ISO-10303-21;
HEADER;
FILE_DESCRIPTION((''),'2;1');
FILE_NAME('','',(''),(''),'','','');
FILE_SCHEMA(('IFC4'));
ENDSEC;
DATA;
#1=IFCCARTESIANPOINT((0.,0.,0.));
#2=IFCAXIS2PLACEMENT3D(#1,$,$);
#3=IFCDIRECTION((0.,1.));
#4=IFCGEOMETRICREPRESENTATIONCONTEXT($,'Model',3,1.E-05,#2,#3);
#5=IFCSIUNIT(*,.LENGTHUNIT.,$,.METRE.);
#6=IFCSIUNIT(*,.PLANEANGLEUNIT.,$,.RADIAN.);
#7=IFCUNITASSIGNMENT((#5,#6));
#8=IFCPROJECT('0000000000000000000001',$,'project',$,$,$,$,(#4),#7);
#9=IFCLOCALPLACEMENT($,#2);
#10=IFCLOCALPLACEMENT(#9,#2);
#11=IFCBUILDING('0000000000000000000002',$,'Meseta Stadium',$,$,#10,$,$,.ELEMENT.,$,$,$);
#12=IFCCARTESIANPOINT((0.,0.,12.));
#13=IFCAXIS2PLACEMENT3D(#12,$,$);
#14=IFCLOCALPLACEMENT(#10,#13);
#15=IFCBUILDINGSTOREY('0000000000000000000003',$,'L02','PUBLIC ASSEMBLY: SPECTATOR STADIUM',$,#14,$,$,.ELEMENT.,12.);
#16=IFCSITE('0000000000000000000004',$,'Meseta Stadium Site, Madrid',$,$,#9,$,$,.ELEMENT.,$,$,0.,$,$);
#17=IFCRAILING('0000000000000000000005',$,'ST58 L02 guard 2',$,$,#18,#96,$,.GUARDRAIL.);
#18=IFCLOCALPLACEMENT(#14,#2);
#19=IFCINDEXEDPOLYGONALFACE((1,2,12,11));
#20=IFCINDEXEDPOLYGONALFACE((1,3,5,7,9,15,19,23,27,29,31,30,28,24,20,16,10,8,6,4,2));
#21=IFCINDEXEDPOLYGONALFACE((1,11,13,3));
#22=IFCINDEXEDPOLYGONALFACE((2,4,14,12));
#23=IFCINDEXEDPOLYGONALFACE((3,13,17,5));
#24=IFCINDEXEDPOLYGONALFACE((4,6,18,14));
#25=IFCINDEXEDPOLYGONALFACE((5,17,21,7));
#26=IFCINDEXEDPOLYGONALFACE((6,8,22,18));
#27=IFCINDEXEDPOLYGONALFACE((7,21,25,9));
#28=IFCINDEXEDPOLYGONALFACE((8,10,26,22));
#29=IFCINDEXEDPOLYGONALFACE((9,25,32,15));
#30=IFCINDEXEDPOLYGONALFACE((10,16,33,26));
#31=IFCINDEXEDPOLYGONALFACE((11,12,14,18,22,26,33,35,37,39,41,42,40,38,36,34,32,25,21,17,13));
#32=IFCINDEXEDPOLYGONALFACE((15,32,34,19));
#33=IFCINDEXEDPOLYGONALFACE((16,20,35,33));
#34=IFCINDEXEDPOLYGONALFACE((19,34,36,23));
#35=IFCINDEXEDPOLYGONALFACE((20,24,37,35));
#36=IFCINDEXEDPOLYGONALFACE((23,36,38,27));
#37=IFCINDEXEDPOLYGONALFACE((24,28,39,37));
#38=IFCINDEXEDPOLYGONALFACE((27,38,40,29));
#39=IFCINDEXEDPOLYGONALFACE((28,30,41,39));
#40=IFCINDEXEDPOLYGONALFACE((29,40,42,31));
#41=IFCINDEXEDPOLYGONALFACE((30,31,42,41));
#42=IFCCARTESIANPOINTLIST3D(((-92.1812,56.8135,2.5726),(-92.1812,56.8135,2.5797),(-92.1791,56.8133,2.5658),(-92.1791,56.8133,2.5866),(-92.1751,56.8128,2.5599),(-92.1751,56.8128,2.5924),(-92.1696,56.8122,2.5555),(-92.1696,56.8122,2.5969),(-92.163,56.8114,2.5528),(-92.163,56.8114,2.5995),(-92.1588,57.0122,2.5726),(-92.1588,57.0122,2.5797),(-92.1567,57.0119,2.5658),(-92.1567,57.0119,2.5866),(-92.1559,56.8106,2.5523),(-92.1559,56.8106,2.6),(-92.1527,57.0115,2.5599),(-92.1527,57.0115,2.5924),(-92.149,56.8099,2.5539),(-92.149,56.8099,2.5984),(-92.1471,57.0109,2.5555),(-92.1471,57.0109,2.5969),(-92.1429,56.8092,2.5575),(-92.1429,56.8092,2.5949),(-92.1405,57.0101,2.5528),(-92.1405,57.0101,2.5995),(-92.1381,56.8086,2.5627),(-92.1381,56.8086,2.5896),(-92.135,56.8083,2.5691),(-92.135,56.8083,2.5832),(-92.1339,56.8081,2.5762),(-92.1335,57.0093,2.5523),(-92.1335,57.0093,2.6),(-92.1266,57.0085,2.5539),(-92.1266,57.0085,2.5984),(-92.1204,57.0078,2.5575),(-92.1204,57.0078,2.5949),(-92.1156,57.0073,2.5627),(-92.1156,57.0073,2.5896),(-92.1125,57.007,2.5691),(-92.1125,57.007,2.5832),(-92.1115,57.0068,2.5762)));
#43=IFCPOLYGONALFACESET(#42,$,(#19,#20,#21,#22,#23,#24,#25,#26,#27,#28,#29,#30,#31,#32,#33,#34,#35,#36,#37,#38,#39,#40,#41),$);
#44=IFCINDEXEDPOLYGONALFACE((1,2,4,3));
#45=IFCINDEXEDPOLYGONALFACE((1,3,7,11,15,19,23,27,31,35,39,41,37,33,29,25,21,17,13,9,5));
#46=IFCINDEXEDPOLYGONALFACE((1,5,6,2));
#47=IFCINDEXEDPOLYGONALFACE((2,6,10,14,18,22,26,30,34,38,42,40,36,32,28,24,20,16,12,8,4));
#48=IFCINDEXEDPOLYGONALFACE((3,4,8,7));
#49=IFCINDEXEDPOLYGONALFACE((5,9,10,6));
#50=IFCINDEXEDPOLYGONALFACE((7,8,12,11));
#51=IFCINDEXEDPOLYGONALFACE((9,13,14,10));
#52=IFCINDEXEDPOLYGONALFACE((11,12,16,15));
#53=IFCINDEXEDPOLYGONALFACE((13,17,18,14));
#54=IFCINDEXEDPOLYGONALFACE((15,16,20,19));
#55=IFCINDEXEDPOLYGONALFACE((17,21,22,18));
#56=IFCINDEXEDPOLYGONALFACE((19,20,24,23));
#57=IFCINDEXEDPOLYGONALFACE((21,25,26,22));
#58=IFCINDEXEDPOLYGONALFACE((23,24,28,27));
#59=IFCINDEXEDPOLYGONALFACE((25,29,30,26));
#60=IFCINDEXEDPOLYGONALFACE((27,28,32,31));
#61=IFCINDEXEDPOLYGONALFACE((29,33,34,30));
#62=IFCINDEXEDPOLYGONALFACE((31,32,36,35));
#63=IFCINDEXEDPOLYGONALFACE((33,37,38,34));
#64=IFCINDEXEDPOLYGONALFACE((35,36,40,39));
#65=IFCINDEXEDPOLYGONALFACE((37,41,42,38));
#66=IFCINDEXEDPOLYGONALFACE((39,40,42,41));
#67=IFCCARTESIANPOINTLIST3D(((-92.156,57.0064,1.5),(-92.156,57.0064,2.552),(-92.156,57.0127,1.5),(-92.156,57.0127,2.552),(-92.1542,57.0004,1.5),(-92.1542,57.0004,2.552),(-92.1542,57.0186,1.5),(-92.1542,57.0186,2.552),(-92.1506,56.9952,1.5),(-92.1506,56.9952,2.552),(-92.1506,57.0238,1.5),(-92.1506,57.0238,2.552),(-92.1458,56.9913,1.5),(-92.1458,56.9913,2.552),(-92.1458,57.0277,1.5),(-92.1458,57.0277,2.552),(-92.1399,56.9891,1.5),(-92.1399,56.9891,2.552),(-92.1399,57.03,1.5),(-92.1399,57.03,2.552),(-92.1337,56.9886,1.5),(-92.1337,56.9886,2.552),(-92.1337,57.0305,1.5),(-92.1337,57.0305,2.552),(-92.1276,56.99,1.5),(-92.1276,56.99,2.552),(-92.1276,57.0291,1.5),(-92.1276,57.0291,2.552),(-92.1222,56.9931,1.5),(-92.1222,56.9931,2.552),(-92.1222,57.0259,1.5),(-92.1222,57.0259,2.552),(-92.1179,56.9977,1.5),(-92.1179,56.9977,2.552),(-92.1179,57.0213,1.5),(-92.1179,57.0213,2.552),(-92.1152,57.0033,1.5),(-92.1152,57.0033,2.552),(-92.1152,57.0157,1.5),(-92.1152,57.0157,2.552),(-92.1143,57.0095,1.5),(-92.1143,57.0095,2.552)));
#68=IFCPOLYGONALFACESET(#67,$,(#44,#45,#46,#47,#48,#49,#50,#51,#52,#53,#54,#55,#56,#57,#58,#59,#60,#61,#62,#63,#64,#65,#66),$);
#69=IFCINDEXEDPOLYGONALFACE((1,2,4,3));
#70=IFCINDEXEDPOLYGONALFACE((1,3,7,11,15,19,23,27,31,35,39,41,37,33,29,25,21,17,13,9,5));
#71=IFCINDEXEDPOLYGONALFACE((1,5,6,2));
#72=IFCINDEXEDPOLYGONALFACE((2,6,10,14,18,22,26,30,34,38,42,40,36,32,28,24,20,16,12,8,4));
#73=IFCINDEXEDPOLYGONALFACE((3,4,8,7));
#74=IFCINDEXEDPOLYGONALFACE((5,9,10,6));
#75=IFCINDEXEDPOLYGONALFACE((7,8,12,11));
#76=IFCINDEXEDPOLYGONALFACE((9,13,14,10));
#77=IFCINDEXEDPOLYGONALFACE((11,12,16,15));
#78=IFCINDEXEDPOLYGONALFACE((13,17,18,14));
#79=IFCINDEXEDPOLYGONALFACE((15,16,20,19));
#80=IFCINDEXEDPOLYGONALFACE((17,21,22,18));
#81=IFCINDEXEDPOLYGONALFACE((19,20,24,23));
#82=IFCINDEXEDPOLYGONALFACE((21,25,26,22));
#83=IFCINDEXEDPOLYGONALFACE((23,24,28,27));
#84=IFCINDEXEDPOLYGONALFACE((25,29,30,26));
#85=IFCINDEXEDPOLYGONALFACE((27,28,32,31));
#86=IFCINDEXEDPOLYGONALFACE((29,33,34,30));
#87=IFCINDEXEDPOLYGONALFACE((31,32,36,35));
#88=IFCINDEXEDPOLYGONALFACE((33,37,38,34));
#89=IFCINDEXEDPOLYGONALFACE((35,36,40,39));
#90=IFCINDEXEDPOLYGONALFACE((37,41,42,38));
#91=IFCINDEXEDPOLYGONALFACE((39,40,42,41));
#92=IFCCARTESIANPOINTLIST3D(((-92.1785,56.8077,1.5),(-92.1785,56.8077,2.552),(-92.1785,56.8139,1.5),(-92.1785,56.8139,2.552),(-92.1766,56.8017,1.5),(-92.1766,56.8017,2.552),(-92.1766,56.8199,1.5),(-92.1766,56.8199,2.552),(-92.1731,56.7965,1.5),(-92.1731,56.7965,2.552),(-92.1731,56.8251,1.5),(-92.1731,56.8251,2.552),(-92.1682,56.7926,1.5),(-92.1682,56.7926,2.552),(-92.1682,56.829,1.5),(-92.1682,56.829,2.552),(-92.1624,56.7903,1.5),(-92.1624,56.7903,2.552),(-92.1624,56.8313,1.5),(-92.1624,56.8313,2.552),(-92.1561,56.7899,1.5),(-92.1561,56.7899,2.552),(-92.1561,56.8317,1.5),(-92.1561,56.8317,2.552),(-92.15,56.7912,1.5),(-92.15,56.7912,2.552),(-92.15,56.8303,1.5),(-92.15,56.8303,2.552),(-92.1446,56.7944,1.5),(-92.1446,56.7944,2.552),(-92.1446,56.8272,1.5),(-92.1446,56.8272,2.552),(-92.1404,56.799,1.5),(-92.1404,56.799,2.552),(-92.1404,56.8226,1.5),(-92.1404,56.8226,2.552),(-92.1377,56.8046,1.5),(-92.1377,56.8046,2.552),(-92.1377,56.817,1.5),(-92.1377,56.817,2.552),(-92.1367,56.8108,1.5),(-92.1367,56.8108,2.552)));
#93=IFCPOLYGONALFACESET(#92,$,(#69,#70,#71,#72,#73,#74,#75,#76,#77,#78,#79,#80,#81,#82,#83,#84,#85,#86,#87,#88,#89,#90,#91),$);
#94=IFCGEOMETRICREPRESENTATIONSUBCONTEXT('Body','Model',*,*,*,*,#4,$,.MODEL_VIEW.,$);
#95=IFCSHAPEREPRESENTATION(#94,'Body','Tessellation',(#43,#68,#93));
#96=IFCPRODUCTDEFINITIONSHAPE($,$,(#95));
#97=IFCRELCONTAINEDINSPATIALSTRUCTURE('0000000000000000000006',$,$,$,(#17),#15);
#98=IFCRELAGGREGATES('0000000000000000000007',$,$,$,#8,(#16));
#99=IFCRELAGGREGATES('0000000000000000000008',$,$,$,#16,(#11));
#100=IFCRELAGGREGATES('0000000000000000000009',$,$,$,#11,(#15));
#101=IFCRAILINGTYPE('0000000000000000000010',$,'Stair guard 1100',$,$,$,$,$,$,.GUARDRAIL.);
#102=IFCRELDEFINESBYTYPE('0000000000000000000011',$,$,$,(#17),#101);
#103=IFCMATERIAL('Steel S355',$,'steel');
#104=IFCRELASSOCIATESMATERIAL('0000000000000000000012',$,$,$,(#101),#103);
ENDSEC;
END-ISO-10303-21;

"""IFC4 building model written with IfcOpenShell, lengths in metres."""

from ifc_helpers import new_model, si_unit, direction, frame, origin, origin_2d, place, context, subcontext, project, spatial, circle, extrude, material, type_object, element, save


model = new_model("IFC4")

# Units and contexts
model_context = context("Model", 3, precision=1e-05, world=origin(), true_north=direction((0.0, 1.0)))
body_context = subcontext(model_context, "Body", "Model", "MODEL_VIEW")
ifc_project = project(units=[si_unit("LENGTHUNIT", "METRE"), si_unit("PLANEANGLEUNIT", "RADIAN")], contexts=[model_context])

# Site, building, storey
site_placement = place(None, origin())
site = spatial("IfcSite", under=ifc_project, at=site_placement, Name="Meseta Stadium Site, Madrid", CompositionType="ELEMENT", RefElevation=0.0)
building_placement = place(site_placement, origin())
building = spatial("IfcBuilding", under=site, at=building_placement, Name="Meseta Stadium", CompositionType="ELEMENT")
storey_placement = place(building_placement, frame((0.0, 0.0, 12.0)))
storey = spatial("IfcBuildingStorey", under=building, at=storey_placement, Name="L02", Description="PUBLIC ASSEMBLY: SPECTATOR STADIUM", CompositionType="ELEMENT", Elevation=12.0)

# Railing
ifc_material_1 = material(Name="Steel S355", Category="steel")
railing_type_1 = type_object("IfcRailingType", Name="Stair guard 1100", PredefinedType="GUARDRAIL", material=ifc_material_1)
railing_1_placement = place(storey_placement, frame((-92.1353, 57.0095, 1.5)))
element("IfcRailing", 1, at=railing_1_placement, inside=storey, type_object=railing_type_1, Name="ST58 L02 guard 2", PredefinedType="GUARDRAIL", context=body_context, shape_type="SweptSolid", body=[
    extrude(circle(Radius=0.0239, at=origin_2d()), frame((0.0, 0.0, 1.0762), z_axis=(-0.112307, -0.993674, 0.0), x_axis=(0.993674, -0.112307, 0.0)), (0.0, 0.0, 1.0), 0.2),
    extrude(circle(Radius=0.021, at=origin_2d()), origin(), (0.0, 0.0, 1.0), 1.052),
    extrude(circle(Radius=0.021, at=origin_2d()), frame((-0.0225, -0.1987, 0.0)), (0.0, 0.0, 1.0), 1.052),
])

save(model, "model.ifc")
